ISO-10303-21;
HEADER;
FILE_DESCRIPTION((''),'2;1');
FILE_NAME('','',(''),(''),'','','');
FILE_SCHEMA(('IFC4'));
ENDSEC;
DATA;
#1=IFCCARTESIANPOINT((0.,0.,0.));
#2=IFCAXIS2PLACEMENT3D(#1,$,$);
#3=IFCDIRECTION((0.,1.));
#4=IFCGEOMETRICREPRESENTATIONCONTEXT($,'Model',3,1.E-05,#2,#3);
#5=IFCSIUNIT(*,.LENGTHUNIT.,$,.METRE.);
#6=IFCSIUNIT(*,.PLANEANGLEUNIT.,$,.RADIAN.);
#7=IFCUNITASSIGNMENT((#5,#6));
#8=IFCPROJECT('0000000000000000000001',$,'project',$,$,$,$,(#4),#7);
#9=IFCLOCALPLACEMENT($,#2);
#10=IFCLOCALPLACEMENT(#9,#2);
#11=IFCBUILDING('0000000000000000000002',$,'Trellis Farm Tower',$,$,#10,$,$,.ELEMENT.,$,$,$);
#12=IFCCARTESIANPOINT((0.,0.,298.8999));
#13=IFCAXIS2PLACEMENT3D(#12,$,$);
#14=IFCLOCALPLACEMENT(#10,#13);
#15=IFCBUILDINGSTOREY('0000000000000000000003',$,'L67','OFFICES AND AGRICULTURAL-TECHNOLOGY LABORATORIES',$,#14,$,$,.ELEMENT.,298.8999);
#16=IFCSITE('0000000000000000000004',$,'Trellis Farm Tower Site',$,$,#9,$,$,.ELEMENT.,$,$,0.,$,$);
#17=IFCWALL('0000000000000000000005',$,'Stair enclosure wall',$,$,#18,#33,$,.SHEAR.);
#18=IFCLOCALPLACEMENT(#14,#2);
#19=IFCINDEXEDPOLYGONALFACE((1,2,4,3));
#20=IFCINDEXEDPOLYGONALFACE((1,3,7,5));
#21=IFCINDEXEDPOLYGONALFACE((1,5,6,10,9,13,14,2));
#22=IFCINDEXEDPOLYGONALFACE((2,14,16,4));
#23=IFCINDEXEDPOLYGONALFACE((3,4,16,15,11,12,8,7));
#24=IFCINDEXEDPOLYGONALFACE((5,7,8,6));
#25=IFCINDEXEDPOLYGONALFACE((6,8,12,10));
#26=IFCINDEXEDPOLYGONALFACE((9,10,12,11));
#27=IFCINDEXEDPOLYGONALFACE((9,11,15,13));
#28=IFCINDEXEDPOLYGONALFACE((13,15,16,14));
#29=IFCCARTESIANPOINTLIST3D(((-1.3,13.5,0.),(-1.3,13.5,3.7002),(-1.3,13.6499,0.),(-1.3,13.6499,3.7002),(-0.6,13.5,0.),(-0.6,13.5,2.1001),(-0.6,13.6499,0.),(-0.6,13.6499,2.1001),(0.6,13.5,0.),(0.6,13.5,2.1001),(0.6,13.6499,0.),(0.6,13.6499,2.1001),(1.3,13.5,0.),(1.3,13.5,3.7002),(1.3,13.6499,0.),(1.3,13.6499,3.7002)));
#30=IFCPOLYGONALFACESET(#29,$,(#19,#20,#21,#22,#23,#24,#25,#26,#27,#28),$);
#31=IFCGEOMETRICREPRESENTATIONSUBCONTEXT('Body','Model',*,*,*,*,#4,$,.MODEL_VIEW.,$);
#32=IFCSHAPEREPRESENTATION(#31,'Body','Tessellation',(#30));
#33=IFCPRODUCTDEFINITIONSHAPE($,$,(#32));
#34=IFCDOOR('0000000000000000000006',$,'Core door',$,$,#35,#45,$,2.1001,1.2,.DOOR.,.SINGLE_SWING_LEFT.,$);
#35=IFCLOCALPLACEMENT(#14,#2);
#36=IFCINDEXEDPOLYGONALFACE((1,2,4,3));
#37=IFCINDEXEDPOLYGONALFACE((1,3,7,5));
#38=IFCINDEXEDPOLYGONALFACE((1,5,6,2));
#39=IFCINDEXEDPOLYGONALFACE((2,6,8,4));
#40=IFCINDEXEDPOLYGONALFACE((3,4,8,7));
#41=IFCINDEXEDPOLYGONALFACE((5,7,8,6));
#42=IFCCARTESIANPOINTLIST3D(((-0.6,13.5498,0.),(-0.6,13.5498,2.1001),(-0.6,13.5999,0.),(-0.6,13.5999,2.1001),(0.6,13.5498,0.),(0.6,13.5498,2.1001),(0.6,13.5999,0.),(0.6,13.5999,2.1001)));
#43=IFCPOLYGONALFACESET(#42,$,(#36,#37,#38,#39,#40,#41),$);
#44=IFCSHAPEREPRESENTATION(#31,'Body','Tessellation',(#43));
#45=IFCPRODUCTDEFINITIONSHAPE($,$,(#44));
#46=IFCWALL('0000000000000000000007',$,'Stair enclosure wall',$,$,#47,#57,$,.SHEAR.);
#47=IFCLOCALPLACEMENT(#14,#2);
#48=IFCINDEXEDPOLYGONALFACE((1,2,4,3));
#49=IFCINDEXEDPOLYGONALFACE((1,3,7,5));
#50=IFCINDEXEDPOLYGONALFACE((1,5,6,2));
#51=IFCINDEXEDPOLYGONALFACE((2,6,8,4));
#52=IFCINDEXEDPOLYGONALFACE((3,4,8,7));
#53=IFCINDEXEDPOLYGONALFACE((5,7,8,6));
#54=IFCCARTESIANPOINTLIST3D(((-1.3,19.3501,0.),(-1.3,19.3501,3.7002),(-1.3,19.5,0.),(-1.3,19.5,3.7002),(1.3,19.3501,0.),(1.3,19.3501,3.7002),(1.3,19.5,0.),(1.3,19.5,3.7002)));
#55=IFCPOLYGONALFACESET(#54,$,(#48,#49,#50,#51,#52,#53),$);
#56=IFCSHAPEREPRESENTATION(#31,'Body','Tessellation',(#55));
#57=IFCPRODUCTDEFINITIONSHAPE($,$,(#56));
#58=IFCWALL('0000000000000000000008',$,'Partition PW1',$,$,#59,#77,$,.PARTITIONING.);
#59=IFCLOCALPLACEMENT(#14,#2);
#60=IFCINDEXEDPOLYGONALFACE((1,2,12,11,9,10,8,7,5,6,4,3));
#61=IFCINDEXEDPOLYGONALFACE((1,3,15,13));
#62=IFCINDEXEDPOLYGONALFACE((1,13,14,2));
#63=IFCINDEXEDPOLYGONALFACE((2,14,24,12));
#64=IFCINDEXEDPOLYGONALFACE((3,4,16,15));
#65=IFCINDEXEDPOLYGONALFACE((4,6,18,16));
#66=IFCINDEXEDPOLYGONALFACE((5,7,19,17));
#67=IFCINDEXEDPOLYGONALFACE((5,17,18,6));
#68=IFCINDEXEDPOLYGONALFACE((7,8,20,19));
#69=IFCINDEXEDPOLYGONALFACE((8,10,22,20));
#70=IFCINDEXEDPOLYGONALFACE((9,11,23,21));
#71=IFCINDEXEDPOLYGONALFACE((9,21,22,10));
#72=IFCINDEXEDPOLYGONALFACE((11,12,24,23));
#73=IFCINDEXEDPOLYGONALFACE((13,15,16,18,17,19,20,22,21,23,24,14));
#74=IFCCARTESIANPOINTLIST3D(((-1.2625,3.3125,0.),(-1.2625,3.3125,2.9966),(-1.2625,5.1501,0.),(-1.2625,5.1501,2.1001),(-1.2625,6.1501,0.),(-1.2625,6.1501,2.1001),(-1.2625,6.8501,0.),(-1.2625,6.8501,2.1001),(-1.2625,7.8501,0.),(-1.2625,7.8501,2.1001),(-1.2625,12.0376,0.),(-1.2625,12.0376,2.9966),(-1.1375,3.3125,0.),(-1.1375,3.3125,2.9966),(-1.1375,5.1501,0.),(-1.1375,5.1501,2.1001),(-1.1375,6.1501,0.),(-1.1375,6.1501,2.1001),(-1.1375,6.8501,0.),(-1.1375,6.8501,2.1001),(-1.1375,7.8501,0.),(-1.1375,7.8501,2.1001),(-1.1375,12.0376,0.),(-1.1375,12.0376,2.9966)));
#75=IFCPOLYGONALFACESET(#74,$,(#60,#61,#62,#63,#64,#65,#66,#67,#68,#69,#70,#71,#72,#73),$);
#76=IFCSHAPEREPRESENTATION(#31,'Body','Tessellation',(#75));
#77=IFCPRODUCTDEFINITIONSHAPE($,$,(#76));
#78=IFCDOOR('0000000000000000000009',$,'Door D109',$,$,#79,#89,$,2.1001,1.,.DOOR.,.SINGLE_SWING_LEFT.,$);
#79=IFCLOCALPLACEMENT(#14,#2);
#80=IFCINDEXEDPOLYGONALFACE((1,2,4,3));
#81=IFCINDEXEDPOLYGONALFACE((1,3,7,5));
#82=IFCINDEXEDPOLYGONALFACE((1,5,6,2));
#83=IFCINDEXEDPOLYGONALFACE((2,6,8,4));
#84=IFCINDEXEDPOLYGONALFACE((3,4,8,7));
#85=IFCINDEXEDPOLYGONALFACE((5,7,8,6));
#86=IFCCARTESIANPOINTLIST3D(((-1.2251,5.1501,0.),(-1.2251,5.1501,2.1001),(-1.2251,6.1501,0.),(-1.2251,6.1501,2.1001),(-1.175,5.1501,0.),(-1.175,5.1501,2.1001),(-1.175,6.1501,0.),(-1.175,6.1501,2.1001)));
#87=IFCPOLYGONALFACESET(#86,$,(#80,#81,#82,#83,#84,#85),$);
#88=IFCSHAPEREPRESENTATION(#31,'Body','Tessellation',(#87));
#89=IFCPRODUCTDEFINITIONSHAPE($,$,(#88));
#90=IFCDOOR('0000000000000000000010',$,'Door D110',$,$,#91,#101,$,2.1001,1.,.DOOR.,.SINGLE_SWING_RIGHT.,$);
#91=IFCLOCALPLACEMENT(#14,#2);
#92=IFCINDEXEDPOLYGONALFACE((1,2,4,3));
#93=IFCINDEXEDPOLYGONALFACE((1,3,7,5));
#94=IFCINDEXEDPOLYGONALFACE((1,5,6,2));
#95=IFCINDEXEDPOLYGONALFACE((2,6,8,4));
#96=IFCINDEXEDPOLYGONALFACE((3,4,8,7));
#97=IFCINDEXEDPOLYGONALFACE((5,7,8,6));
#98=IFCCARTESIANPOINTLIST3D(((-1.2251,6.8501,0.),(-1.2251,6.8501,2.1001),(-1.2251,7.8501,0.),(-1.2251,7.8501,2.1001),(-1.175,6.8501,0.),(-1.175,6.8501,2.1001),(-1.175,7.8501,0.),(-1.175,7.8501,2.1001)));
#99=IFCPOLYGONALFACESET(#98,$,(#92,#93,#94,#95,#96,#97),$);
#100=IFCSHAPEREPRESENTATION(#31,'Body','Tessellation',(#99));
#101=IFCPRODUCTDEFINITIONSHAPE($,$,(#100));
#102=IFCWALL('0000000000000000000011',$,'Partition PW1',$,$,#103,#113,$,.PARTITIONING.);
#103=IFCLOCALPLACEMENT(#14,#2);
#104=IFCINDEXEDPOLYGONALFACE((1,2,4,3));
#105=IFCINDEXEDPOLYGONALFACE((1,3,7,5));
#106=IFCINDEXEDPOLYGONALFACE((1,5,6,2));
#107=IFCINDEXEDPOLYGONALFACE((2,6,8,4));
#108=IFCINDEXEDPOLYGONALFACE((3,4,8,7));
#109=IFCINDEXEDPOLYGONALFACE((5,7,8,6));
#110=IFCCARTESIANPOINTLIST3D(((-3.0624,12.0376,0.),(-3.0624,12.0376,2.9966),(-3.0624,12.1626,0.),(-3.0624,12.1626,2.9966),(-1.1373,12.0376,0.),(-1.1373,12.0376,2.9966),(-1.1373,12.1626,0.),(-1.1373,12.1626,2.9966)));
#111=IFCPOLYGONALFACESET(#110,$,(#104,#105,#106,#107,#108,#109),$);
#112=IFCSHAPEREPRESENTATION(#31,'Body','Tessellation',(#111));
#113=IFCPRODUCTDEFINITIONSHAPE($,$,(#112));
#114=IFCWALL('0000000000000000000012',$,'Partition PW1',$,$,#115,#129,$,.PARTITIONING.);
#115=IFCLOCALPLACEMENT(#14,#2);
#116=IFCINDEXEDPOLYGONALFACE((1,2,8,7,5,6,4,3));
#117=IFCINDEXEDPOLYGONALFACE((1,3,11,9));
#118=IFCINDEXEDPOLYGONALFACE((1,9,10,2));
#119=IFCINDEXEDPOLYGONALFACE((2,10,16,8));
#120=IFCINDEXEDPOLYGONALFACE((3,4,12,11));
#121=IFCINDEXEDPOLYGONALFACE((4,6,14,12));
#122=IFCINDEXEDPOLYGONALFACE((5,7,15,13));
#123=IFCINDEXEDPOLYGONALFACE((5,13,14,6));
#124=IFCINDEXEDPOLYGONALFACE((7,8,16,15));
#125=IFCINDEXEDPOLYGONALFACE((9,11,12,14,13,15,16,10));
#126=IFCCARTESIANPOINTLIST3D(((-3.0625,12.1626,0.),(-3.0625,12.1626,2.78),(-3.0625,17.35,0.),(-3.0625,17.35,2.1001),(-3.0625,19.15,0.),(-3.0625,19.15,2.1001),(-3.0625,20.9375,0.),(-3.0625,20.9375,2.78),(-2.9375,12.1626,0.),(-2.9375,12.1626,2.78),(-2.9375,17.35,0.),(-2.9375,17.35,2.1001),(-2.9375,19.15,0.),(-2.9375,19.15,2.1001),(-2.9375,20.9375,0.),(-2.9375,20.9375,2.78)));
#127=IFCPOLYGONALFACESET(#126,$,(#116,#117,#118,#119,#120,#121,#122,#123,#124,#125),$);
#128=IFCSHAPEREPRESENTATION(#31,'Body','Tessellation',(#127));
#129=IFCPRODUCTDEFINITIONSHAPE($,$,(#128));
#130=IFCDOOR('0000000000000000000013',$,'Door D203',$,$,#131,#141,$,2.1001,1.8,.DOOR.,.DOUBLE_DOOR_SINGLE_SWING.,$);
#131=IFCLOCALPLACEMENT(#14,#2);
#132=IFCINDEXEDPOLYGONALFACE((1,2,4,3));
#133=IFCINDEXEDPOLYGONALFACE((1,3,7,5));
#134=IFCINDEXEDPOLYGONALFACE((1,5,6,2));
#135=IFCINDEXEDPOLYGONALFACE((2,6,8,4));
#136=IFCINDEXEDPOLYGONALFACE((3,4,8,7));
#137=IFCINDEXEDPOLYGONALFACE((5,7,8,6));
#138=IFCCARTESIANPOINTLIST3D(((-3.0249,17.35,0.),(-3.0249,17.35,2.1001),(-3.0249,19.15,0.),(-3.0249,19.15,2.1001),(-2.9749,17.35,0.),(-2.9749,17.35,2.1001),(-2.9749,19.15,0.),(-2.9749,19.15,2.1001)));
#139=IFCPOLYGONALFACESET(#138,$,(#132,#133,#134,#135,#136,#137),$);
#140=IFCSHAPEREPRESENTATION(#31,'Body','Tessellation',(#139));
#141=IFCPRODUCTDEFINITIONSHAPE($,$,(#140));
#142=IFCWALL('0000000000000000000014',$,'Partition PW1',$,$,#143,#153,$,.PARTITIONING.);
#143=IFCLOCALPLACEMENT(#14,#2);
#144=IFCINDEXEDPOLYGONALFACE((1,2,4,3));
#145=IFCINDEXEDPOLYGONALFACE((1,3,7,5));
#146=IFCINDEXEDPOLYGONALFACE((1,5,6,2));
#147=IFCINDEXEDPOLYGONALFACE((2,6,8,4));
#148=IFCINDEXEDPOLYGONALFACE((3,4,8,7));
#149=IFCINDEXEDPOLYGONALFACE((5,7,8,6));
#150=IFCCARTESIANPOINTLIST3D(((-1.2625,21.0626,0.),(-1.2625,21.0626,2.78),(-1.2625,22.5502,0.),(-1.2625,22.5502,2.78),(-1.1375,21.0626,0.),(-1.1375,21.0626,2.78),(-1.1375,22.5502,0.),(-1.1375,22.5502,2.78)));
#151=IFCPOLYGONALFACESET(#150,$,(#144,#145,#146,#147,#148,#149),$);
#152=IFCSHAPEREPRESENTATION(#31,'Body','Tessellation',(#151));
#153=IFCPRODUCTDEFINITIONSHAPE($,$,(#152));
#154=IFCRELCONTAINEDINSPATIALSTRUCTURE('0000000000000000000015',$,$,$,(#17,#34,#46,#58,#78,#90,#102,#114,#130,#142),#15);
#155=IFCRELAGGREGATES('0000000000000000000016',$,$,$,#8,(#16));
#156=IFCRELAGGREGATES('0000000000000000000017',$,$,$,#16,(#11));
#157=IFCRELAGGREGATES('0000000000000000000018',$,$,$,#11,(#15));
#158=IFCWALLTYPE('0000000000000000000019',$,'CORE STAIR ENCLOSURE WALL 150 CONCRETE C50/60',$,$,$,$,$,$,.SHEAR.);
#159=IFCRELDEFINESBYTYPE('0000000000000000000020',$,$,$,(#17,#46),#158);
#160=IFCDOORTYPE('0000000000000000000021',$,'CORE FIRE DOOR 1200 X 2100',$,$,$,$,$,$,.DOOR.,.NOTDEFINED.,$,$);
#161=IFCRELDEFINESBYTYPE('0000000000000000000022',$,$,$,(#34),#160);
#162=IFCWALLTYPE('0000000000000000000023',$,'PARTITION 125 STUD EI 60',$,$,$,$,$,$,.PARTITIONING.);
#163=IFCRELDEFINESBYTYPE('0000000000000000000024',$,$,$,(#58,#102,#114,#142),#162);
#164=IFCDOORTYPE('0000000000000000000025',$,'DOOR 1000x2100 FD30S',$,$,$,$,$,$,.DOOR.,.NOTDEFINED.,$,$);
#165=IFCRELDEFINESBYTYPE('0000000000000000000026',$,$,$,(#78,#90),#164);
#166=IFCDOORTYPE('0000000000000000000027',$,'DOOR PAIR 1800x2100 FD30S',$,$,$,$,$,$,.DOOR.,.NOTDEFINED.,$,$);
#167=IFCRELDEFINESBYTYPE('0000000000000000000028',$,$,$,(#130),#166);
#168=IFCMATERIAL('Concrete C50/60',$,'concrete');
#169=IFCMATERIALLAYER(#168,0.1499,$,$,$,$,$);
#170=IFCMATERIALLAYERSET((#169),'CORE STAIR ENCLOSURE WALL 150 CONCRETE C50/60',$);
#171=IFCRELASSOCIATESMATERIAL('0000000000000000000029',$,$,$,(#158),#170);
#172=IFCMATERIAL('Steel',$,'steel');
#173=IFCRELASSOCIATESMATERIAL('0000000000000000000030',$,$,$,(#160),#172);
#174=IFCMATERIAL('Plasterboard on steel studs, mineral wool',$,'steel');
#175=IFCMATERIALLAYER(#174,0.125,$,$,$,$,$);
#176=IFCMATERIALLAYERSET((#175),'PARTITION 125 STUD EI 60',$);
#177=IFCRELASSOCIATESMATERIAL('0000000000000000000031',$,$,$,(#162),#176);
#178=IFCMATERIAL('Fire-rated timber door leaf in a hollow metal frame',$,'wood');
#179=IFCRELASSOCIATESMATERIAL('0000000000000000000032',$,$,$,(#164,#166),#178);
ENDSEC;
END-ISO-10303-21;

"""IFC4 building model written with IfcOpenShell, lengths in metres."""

from ifc_helpers import new_model, si_unit, direction, frame, frame_2d, origin, place, context, subcontext, project, spatial, rectangle, extrude, source, transform, mapped, material, layer, layer_set, type_object, element, fill, save


model = new_model("IFC4")

# Units and contexts
model_context = context("Model", 3, precision=1e-05, world=origin(), true_north=direction((0.0, 1.0)))
body_context = subcontext(model_context, "Body", "Model", "MODEL_VIEW")
ifc_project = project(units=[si_unit("LENGTHUNIT", "METRE"), si_unit("PLANEANGLEUNIT", "RADIAN")], contexts=[model_context])

# Site, building, storey
site_placement = place(None, origin())
site = spatial("IfcSite", under=ifc_project, at=site_placement, Name="Trellis Farm Tower Site", CompositionType="ELEMENT", RefElevation=0.0)
building_placement = place(site_placement, origin())
building = spatial("IfcBuilding", under=site, at=building_placement, Name="Trellis Farm Tower", CompositionType="ELEMENT")
storey_placement = place(building_placement, frame((0.0, 0.0, 298.8999)))
storey = spatial("IfcBuildingStorey", under=building, at=storey_placement, Name="L67", Description="OFFICES AND AGRICULTURAL-TECHNOLOGY LABORATORIES", CompositionType="ELEMENT", Elevation=298.8999)

# Shared definitions
ifc_material_1 = material(Name="Concrete C50/60", Category="concrete")

# Wall, opening, door
ifc_layer_1 = layer(ifc_material_1, 0.1499)
ifc_layer_set_1 = layer_set([ifc_layer_1], Name="CORE STAIR ENCLOSURE WALL 150 CONCRETE C50/60")
wall_type_1 = type_object("IfcWallType", Name="CORE STAIR ENCLOSURE WALL 150 CONCRETE C50/60", PredefinedType="SHEAR", material=ifc_layer_set_1)
shared_shape_1 = source(origin(), body_context, "Body", "SweptSolid", [
    extrude(rectangle(XDim=2.6001, YDim=0.1499, at=frame_2d((1.3, 0.0))), origin(), (0.0, 0.0, 1.0), 3.7002),
])
wall_1_placement = place(storey_placement, frame((-1.3, 13.575, 0.0), z_axis=(0.0, 0.0, 1.0), x_axis=(1.0, 0.0, 0.0)))
wall_1 = element("IfcWall", 1, at=wall_1_placement, inside=storey, type_object=wall_type_1, Name="Stair enclosure wall", PredefinedType="SHEAR", context=body_context, shape_type="MappedRepresentation", body=[
    mapped(shared_shape_1, transform((0.0, 0.0, 0.0))),
])
shared_shape_2 = source(origin(), body_context, "Body", "SweptSolid", [
    extrude(rectangle(XDim=1.2, YDim=2.1001, at=frame_2d((0.6001, 1.05))), frame((0.0, 0.085, 0.0), z_axis=(0.0, -1.0, 0.0), x_axis=(1.0, 0.0, 0.0)), (0.0, 0.0, 1.0), 0.1699),
])
opening_1_placement = place(wall_1_placement, frame((0.7, 0.0, 0.0)))
opening_1 = element("IfcOpeningElement", 2, at=opening_1_placement, cuts=wall_1, PredefinedType="OPENING", context=body_context, shape_type="MappedRepresentation", body=[
    mapped(shared_shape_2, transform((0.0, 0.0, 0.0))),
])
ifc_material_2 = material(Name="Steel", Category="steel")
door_type_1 = type_object("IfcDoorType", Name="CORE FIRE DOOR 1200 X 2100", OperationType="NOTDEFINED", PredefinedType="DOOR", material=ifc_material_2)
shared_shape_3 = source(origin(), body_context, "Body", "SweptSolid", [
    extrude(rectangle(XDim=1.2, YDim=2.1001, at=frame_2d((0.6001, 1.05))), frame((0.0, 0.0249, 0.0), z_axis=(0.0, -1.0, 0.0), x_axis=(1.0, 0.0, 0.0)), (0.0, 0.0, 1.0), 0.05),
])
door_1_placement = place(opening_1_placement, origin())
door_1 = element("IfcDoor", 3, at=door_1_placement, inside=storey, type_object=door_type_1, Name="Core door", OperationType="SINGLE_SWING_LEFT", OverallHeight=2.1001, OverallWidth=1.2, PredefinedType="DOOR", context=body_context, shape_type="MappedRepresentation", body=[
    mapped(shared_shape_3, transform((0.0, 0.0, 0.0))),
])
fill(opening_1, door_1)

# Wall
wall_2_placement = place(storey_placement, frame((-1.3, 19.425, 0.0), z_axis=(0.0, 0.0, 1.0), x_axis=(1.0, 0.0, 0.0)))
element("IfcWall", 4, at=wall_2_placement, inside=storey, type_object=wall_type_1, Name="Stair enclosure wall", PredefinedType="SHEAR", context=body_context, shape_type="MappedRepresentation", body=[
    mapped(shared_shape_1, transform((0.0, 0.0, 0.0))),
])

# Wall, openings, doors
ifc_material_3 = material(Name="Plasterboard on steel studs, mineral wool", Category="steel")
ifc_layer_2 = layer(ifc_material_3, 0.125)
ifc_layer_set_2 = layer_set([ifc_layer_2], Name="PARTITION 125 STUD EI 60")
wall_type_2 = type_object("IfcWallType", Name="PARTITION 125 STUD EI 60", PredefinedType="PARTITIONING", material=ifc_layer_set_2)
shared_shape_4 = source(origin(), body_context, "Body", "SweptSolid", [
    extrude(rectangle(XDim=8.7251, YDim=0.125, at=frame_2d((4.3625, 0.0))), origin(), (0.0, 0.0, 1.0), 2.9966),
])
wall_3_placement = place(storey_placement, frame((-1.2, 12.0376, 0.0), z_axis=(0.0, 0.0, 1.0), x_axis=(0.0, -1.0, 0.0)))
wall_3 = element("IfcWall", 5, at=wall_3_placement, inside=storey, type_object=wall_type_2, Name="Partition PW1", PredefinedType="PARTITIONING", context=body_context, shape_type="MappedRepresentation", body=[
    mapped(shared_shape_4, transform((0.0, 0.0, 0.0))),
])
shared_shape_5 = source(origin(), body_context, "Body", "SweptSolid", [
    extrude(rectangle(XDim=1.0, YDim=2.1001, at=frame_2d((0.5, 1.05))), frame((0.0, 0.0725, 0.0), z_axis=(0.0, -1.0, 0.0), x_axis=(1.0, 0.0, 0.0)), (0.0, 0.0, 1.0), 0.145),
])
opening_2_placement = place(wall_3_placement, frame((5.8875, 0.0, 0.0)))
opening_2 = element("IfcOpeningElement", 6, at=opening_2_placement, cuts=wall_3, PredefinedType="OPENING", context=body_context, shape_type="MappedRepresentation", body=[
    mapped(shared_shape_5, transform((0.0, 0.0, 0.0))),
])
opening_3_placement = place(wall_3_placement, frame((4.1875, 0.0, 0.0)))
opening_3 = element("IfcOpeningElement", 7, at=opening_3_placement, cuts=wall_3, PredefinedType="OPENING", context=body_context, shape_type="MappedRepresentation", body=[
    mapped(shared_shape_5, transform((0.0, 0.0, 0.0))),
])
ifc_material_4 = material(Name="Fire-rated timber door leaf in a hollow metal frame", Category="wood")
door_type_2 = type_object("IfcDoorType", Name="DOOR 1000x2100 FD30S", OperationType="NOTDEFINED", PredefinedType="DOOR", material=ifc_material_4)
shared_shape_6 = source(origin(), body_context, "Body", "SweptSolid", [
    extrude(rectangle(XDim=1.0, YDim=2.1001, at=frame_2d((0.5, 1.05))), frame((0.0, 0.0249, 0.0), z_axis=(0.0, -1.0, 0.0), x_axis=(1.0, 0.0, 0.0)), (0.0, 0.0, 1.0), 0.05),
])
door_2_placement = place(opening_2_placement, origin())
door_2 = element("IfcDoor", 8, at=door_2_placement, inside=storey, type_object=door_type_2, Name="Door D109", OperationType="SINGLE_SWING_LEFT", OverallHeight=2.1001, OverallWidth=1.0, PredefinedType="DOOR", context=body_context, shape_type="MappedRepresentation", body=[
    mapped(shared_shape_6, transform((0.0, 0.0, 0.0))),
])
fill(opening_2, door_2)
door_3_placement = place(opening_3_placement, origin())
door_3 = element("IfcDoor", 9, at=door_3_placement, inside=storey, type_object=door_type_2, Name="Door D110", OperationType="SINGLE_SWING_RIGHT", OverallHeight=2.1001, OverallWidth=1.0, PredefinedType="DOOR", context=body_context, shape_type="MappedRepresentation", body=[
    mapped(shared_shape_6, transform((0.0, 0.0, 0.0))),
])
fill(opening_3, door_3)

# Wall
shared_shape_7 = source(origin(), body_context, "Body", "SweptSolid", [
    extrude(rectangle(XDim=1.925, YDim=0.125, at=frame_2d((0.9624, 0.0))), origin(), (0.0, 0.0, 1.0), 2.9966),
])
wall_4_placement = place(storey_placement, frame((-1.1375, 12.1001, 0.0), z_axis=(0.0, 0.0, 1.0), x_axis=(-1.0, 0.0, 0.0)))
element("IfcWall", 10, at=wall_4_placement, inside=storey, type_object=wall_type_2, Name="Partition PW1", PredefinedType="PARTITIONING", context=body_context, shape_type="MappedRepresentation", body=[
    mapped(shared_shape_7, transform((0.0, 0.0, 0.0))),
])

# Wall, opening, door
shared_shape_8 = source(origin(), body_context, "Body", "SweptSolid", [
    extrude(rectangle(XDim=8.7749, YDim=0.125, at=frame_2d((4.3875, 0.0))), origin(), (0.0, 0.0, 1.0), 2.78),
])
wall_5_placement = place(storey_placement, frame((-3.0, 12.1626, 0.0), z_axis=(0.0, 0.0, 1.0), x_axis=(0.0, 1.0, 0.0)))
wall_5 = element("IfcWall", 11, at=wall_5_placement, inside=storey, type_object=wall_type_2, Name="Partition PW1", PredefinedType="PARTITIONING", context=body_context, shape_type="MappedRepresentation", body=[
    mapped(shared_shape_8, transform((0.0, 0.0, 0.0))),
])
shared_shape_9 = source(origin(), body_context, "Body", "SweptSolid", [
    extrude(rectangle(XDim=1.8, YDim=2.1001, at=frame_2d((0.8999, 1.05))), frame((0.0, 0.0725, 0.0), z_axis=(0.0, -1.0, 0.0), x_axis=(1.0, 0.0, 0.0)), (0.0, 0.0, 1.0), 0.145),
])
opening_4_placement = place(wall_5_placement, frame((5.1875, 0.0, 0.0)))
opening_4 = element("IfcOpeningElement", 12, at=opening_4_placement, cuts=wall_5, PredefinedType="OPENING", context=body_context, shape_type="MappedRepresentation", body=[
    mapped(shared_shape_9, transform((0.0, 0.0, 0.0))),
])
door_type_3 = type_object("IfcDoorType", Name="DOOR PAIR 1800x2100 FD30S", OperationType="NOTDEFINED", PredefinedType="DOOR", material=ifc_material_4)
shared_shape_10 = source(origin(), body_context, "Body", "SweptSolid", [
    extrude(rectangle(XDim=1.8, YDim=2.1001, at=frame_2d((0.8999, 1.05))), frame((0.0, 0.0249, 0.0), z_axis=(0.0, -1.0, 0.0), x_axis=(1.0, 0.0, 0.0)), (0.0, 0.0, 1.0), 0.05),
])
door_4_placement = place(opening_4_placement, origin())
door_4 = element("IfcDoor", 13, at=door_4_placement, inside=storey, type_object=door_type_3, Name="Door D203", OperationType="DOUBLE_DOOR_SINGLE_SWING", OverallHeight=2.1001, OverallWidth=1.8, PredefinedType="DOOR", context=body_context, shape_type="MappedRepresentation", body=[
    mapped(shared_shape_10, transform((0.0, 0.0, 0.0))),
])
fill(opening_4, door_4)

# Wall
shared_shape_11 = source(origin(), body_context, "Body", "SweptSolid", [
    extrude(rectangle(XDim=1.4875, YDim=0.125, at=frame_2d((0.7437, 0.0))), origin(), (0.0, 0.0, 1.0), 2.78),
])
wall_6_placement = place(storey_placement, frame((-1.2, 22.55, 0.0), z_axis=(0.0, 0.0, 1.0), x_axis=(0.0, -1.0, 0.0)))
element("IfcWall", 14, at=wall_6_placement, inside=storey, type_object=wall_type_2, Name="Partition PW1", PredefinedType="PARTITIONING", context=body_context, shape_type="MappedRepresentation", body=[
    mapped(shared_shape_11, transform((0.0, 0.0, 0.0))),
])

save(model, "model.ifc")
